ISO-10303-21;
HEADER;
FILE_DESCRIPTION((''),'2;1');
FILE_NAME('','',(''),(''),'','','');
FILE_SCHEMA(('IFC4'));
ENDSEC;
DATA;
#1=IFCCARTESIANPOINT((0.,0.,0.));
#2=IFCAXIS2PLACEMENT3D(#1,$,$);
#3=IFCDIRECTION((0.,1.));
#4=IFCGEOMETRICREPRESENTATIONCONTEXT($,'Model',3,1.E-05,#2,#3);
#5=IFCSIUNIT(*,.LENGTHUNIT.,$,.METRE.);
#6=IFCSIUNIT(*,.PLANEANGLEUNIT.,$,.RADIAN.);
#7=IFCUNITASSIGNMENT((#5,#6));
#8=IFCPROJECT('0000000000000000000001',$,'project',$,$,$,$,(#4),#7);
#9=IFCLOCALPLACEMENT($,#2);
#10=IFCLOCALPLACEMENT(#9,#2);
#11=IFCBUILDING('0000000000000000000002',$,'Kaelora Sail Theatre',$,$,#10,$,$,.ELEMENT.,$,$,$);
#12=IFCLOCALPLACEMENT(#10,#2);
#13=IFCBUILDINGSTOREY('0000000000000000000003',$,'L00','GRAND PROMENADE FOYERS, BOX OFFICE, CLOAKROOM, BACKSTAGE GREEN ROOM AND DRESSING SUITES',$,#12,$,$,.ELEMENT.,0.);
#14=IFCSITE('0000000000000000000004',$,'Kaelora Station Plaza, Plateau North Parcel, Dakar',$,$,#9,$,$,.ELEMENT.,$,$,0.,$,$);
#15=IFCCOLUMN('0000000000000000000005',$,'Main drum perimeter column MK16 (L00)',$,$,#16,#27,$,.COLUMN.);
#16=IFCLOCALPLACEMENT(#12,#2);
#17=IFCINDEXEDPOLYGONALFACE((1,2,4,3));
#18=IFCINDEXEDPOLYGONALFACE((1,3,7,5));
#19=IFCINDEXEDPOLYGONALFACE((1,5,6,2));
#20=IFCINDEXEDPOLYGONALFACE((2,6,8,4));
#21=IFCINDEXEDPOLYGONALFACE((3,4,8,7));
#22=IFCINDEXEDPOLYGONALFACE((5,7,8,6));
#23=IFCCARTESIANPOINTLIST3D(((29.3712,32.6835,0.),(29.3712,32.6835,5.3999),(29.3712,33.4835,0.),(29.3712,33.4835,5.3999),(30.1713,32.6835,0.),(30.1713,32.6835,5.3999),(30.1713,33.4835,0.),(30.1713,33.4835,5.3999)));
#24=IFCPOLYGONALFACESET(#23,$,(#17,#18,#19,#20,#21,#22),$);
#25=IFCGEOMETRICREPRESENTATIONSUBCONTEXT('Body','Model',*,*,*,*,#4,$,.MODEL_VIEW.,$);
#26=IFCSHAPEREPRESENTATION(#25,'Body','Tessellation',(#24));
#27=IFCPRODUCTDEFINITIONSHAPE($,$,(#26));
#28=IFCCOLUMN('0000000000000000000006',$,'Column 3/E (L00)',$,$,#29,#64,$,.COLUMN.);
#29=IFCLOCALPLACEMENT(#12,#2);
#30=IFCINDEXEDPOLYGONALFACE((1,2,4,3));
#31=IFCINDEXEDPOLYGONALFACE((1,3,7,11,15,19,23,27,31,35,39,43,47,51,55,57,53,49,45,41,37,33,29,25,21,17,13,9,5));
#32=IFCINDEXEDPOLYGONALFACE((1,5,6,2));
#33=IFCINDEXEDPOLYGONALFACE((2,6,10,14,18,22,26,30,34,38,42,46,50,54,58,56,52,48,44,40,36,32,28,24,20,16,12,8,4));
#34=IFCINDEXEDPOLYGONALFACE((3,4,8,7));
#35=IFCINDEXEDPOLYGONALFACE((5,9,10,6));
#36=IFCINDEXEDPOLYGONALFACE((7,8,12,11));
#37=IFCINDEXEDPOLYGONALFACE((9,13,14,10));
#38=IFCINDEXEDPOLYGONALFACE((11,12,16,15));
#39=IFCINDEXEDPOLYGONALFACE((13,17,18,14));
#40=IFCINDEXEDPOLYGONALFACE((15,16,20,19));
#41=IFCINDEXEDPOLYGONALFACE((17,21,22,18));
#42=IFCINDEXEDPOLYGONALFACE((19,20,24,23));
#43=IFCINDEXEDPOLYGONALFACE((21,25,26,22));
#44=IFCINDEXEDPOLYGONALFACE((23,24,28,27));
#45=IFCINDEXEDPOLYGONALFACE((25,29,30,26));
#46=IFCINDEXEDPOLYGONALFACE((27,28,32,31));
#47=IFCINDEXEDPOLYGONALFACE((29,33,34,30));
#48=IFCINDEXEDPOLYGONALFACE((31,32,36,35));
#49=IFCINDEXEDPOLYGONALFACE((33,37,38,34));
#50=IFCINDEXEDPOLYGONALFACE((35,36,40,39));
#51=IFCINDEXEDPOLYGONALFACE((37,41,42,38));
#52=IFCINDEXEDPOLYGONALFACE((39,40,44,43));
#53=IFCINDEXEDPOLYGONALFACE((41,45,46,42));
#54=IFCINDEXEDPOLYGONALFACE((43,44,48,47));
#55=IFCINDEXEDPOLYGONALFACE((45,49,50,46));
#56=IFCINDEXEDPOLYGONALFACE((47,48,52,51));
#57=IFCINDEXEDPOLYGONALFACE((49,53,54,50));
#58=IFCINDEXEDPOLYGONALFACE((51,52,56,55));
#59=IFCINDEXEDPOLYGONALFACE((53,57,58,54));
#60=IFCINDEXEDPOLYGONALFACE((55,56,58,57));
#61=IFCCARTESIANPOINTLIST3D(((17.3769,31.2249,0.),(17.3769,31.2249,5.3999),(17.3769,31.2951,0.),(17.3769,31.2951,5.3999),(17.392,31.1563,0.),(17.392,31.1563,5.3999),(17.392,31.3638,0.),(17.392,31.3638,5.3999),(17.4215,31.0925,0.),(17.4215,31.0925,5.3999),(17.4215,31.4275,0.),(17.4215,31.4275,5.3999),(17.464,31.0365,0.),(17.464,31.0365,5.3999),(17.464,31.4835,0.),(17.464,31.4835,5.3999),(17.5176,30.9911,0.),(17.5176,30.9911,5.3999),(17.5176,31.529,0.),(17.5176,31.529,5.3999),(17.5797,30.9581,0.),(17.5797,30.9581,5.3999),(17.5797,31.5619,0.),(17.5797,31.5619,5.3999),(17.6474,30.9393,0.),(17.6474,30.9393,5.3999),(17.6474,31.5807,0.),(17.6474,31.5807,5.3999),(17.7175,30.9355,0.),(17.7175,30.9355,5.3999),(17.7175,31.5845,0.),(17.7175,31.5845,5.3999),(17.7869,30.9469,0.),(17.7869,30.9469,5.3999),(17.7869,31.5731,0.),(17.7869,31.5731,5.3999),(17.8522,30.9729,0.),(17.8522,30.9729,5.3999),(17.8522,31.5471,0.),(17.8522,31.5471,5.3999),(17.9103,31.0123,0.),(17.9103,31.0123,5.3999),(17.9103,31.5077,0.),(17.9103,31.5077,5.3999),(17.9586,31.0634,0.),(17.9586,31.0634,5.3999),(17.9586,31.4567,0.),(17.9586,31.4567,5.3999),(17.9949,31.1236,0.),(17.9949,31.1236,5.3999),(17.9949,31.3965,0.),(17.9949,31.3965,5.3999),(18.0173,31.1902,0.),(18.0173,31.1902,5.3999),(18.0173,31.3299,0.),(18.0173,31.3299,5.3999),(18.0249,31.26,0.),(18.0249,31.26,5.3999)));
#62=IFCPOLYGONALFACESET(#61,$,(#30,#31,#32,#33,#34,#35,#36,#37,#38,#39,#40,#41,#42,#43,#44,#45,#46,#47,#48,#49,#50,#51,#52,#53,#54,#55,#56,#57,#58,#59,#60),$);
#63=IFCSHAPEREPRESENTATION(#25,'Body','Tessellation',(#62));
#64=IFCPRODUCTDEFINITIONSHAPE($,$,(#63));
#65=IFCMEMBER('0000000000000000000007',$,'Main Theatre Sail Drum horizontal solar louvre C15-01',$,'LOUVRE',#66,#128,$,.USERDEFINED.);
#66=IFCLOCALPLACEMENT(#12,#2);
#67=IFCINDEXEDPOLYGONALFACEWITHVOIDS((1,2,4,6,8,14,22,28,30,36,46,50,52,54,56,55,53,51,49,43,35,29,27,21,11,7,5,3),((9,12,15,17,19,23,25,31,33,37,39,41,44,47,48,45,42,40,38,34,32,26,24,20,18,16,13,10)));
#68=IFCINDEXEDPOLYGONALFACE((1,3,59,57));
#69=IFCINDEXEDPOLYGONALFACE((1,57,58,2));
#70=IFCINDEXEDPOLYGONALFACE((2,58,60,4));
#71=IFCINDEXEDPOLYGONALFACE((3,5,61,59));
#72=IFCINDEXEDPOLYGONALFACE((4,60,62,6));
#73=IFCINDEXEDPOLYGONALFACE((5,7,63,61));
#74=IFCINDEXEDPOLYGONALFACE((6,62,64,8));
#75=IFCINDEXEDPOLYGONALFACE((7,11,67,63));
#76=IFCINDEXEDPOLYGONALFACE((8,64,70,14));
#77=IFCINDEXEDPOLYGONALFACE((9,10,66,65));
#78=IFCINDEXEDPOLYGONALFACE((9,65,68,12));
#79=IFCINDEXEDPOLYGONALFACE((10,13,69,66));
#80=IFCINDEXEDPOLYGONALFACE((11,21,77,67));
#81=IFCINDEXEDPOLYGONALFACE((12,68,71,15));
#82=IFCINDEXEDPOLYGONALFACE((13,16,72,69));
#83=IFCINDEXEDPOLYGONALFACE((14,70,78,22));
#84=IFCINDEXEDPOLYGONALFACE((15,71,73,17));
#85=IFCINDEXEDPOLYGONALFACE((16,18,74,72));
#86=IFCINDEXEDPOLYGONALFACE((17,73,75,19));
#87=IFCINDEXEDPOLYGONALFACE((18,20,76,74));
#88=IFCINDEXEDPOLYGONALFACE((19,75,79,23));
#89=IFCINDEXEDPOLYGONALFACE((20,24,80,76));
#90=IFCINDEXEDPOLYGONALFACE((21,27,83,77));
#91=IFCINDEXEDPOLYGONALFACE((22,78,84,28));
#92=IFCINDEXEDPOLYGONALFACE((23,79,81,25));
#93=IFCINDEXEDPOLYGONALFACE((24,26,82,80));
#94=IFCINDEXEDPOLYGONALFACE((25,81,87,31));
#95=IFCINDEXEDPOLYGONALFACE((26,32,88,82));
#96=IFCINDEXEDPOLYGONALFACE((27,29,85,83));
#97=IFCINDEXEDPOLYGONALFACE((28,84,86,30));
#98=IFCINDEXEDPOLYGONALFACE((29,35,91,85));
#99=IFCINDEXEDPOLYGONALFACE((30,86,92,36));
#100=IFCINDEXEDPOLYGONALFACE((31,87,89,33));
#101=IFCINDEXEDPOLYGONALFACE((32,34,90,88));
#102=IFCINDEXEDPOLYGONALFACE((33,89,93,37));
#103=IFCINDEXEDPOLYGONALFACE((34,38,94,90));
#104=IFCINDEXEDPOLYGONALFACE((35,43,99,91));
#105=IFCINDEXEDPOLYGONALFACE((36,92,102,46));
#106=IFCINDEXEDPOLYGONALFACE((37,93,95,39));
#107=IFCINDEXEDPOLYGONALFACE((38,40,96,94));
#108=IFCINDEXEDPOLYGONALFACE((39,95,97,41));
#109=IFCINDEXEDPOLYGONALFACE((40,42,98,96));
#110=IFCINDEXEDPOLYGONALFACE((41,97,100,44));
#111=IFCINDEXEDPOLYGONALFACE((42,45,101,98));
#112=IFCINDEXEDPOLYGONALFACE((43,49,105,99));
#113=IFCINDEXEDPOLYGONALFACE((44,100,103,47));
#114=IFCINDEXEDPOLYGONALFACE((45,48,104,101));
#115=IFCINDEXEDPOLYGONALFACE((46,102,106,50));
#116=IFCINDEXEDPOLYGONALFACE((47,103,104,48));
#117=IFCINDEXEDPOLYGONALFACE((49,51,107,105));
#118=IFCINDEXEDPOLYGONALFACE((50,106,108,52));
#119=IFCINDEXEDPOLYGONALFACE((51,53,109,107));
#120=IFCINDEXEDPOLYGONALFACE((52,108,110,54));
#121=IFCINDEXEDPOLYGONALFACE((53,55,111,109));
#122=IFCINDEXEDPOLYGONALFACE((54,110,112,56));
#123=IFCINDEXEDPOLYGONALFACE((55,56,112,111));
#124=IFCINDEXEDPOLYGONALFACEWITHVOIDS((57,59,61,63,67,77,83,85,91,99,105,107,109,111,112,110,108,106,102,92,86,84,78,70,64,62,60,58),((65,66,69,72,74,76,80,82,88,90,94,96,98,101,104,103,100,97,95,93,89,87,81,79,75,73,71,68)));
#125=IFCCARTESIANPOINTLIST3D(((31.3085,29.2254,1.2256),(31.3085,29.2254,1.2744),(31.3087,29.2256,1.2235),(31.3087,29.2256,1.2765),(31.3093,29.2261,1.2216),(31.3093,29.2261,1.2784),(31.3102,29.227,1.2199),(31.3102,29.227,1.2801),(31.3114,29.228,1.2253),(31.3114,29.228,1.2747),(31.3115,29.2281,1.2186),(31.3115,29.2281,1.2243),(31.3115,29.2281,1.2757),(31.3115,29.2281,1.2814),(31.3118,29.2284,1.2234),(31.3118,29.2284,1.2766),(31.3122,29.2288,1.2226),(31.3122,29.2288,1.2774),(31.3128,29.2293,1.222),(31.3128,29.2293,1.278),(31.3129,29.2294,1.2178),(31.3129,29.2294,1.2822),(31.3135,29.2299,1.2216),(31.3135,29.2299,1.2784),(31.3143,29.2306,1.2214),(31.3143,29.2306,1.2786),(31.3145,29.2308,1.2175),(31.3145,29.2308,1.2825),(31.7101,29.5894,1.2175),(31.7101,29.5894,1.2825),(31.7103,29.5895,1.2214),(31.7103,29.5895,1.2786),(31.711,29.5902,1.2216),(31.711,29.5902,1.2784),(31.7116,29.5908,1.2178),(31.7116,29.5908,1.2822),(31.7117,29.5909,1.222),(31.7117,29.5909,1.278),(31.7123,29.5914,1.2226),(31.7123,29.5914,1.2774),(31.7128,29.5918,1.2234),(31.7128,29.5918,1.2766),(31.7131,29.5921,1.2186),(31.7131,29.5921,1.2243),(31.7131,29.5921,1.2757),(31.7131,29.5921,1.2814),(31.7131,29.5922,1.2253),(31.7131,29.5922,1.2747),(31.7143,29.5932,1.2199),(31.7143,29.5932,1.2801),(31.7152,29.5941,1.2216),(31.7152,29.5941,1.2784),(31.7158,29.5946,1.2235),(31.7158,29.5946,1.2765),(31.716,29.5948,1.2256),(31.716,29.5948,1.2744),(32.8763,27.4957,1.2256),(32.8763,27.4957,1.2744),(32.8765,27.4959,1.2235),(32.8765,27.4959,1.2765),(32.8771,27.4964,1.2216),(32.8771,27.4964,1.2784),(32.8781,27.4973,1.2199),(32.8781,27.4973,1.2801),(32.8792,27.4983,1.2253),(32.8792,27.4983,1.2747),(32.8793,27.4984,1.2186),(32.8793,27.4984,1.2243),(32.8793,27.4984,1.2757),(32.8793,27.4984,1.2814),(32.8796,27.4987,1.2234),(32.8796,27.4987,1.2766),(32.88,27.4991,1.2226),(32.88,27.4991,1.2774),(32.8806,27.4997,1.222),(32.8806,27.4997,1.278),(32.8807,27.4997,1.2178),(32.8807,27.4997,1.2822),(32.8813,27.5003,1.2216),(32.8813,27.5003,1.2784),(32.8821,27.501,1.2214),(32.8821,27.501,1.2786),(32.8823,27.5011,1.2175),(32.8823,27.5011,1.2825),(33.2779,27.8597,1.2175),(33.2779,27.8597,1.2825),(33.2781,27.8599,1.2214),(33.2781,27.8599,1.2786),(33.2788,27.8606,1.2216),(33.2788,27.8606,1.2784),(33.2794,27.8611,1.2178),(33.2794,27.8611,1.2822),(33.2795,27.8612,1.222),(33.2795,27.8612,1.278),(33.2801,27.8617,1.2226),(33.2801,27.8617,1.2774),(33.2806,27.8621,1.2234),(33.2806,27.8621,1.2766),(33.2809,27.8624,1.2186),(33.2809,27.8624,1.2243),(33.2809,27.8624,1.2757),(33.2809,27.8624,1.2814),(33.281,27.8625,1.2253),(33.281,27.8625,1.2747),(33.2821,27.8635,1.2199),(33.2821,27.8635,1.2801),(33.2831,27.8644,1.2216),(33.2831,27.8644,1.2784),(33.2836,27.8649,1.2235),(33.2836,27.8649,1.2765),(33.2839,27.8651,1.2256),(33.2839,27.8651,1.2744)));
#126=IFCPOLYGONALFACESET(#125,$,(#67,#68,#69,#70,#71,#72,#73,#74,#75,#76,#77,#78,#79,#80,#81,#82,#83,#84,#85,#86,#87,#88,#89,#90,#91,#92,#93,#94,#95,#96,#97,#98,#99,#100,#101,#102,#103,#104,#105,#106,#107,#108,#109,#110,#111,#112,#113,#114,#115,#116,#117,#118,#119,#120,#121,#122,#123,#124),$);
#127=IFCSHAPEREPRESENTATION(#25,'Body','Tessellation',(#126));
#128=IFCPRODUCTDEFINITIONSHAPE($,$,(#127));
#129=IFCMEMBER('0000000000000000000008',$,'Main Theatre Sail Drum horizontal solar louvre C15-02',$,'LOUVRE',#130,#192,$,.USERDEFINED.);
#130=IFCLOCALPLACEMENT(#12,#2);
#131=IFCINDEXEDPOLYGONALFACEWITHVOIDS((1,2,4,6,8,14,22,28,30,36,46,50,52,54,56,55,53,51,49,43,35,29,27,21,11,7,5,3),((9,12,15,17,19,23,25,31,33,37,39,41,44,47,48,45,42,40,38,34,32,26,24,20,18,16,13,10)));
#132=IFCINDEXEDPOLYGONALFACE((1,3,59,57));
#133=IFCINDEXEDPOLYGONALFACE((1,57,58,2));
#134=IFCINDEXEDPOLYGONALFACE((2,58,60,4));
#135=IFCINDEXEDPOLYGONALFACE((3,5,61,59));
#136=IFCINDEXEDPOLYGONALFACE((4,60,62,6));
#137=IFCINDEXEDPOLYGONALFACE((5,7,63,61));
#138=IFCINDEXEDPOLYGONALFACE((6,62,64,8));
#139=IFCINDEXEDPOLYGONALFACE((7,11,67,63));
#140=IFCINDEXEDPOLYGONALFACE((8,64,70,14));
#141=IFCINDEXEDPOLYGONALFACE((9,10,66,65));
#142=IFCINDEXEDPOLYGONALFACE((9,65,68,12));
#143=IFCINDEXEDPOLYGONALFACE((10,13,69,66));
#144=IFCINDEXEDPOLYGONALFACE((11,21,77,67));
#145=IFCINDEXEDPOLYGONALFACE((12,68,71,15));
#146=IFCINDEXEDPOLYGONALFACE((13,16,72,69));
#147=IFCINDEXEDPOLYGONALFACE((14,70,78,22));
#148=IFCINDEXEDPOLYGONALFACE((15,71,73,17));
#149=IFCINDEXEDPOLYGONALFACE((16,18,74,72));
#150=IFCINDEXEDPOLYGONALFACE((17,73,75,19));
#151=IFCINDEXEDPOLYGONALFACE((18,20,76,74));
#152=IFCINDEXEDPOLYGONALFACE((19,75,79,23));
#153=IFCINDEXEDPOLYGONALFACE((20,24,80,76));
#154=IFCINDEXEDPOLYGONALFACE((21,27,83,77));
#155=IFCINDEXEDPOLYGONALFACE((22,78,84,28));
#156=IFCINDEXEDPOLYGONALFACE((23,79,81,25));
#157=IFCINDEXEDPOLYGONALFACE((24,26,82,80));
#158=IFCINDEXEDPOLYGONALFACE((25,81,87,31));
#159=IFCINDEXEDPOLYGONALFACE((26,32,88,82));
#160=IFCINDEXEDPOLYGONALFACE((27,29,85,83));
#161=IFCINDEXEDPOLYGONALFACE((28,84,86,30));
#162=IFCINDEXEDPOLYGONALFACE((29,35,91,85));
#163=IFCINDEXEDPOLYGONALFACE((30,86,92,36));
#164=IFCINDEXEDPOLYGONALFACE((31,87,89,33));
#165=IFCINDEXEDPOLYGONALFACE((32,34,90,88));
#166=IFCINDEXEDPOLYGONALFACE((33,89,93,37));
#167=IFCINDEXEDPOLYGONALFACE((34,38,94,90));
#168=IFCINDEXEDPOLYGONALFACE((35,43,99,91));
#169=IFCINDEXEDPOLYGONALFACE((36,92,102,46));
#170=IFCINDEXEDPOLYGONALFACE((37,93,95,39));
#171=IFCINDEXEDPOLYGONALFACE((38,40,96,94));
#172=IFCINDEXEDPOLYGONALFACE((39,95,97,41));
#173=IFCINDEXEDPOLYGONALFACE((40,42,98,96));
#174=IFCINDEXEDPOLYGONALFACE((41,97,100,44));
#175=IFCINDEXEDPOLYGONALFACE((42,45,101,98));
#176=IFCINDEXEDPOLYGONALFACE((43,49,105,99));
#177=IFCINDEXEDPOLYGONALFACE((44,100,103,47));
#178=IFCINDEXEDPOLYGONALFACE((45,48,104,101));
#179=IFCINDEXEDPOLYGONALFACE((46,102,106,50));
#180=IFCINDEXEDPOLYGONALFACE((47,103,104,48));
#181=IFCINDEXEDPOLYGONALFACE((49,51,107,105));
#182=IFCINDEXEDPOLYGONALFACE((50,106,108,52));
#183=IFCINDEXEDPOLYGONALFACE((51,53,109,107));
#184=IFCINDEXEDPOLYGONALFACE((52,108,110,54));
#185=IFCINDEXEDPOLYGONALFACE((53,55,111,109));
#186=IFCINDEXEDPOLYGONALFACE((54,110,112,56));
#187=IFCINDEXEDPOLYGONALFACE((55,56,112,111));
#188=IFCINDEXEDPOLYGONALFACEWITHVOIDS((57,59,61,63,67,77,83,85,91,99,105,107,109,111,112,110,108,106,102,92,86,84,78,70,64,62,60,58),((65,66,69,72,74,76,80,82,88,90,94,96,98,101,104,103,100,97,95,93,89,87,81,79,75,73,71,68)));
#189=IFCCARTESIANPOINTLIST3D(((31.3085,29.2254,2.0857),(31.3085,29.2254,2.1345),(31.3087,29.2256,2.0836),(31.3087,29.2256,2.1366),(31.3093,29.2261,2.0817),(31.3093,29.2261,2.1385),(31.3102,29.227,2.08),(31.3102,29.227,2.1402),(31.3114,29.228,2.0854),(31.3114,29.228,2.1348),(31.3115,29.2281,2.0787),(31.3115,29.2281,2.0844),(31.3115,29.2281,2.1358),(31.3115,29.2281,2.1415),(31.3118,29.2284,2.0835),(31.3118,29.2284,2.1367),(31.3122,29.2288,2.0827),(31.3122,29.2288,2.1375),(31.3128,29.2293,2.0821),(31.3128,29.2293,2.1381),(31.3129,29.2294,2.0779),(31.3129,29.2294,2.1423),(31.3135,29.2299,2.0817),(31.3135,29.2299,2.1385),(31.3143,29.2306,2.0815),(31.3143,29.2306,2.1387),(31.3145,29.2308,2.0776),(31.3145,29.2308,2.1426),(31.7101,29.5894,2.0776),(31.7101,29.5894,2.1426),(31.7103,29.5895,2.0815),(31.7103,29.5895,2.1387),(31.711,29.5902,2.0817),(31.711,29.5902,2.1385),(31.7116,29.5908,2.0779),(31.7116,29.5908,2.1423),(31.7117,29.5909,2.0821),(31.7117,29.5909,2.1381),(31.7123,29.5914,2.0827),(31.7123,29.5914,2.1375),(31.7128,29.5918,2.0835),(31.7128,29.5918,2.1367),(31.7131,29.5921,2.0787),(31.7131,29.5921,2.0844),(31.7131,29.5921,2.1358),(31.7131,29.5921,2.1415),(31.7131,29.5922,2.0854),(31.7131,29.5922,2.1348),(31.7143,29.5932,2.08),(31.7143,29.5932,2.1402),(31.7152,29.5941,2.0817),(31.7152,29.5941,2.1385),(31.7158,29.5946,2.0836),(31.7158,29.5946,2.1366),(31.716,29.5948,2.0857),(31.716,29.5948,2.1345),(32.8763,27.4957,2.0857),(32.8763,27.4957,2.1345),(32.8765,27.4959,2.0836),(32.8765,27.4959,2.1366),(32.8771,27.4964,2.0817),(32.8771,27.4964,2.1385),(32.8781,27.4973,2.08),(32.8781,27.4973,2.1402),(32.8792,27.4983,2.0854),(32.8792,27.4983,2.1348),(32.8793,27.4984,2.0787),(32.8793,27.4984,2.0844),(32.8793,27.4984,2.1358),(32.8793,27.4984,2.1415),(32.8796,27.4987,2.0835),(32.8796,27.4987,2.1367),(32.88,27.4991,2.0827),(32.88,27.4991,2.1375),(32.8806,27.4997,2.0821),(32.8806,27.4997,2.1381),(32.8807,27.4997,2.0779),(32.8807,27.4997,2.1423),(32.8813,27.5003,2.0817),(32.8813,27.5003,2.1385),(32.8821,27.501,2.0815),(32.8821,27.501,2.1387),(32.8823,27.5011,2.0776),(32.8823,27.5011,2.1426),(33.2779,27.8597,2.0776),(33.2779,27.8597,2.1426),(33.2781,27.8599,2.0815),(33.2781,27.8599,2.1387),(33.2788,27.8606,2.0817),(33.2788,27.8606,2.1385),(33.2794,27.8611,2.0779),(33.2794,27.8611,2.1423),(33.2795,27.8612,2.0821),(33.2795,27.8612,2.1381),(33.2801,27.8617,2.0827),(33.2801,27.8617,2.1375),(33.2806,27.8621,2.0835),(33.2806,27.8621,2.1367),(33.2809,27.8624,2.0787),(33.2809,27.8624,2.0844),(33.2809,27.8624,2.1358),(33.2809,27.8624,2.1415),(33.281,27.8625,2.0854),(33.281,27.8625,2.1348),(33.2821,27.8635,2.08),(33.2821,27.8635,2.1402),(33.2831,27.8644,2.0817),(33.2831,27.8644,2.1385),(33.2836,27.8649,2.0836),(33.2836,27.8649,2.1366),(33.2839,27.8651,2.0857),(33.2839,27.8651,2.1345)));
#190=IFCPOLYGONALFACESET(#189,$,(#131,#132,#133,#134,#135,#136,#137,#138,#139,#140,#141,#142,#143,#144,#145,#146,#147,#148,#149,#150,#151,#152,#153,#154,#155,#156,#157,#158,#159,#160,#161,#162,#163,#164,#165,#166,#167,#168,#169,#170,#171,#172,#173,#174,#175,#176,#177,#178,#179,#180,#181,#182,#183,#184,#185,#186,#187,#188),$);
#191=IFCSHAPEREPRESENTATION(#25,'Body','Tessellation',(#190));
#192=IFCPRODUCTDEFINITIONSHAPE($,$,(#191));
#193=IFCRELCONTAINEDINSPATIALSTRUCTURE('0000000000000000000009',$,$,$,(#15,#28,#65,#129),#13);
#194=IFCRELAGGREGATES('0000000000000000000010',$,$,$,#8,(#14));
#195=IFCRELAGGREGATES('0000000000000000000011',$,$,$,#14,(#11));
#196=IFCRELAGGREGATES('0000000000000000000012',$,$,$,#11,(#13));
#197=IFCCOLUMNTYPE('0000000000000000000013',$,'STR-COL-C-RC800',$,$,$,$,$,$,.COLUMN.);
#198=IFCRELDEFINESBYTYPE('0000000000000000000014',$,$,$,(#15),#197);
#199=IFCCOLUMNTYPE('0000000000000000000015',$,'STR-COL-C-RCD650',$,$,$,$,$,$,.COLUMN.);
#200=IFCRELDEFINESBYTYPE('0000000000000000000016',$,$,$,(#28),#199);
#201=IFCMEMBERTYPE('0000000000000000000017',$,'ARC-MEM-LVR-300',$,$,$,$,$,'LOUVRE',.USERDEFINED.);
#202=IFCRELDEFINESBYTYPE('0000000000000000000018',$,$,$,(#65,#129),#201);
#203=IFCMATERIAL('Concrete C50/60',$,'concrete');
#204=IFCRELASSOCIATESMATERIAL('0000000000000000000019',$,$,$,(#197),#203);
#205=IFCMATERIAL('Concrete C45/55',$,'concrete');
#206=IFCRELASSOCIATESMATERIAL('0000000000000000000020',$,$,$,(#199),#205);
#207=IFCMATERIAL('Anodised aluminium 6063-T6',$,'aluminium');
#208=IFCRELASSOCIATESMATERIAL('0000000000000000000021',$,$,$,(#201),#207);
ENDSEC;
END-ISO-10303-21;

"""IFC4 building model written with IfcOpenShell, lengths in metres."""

from ifc_helpers import new_model, si_unit, direction, frame, origin, origin_2d, place, context, subcontext, project, spatial, rectangle, hollow_rectangle, circle, extrude, material, material_profile, profile_set, type_object, element, save


model = new_model("IFC4")

# Units and contexts
model_context = context("Model", 3, precision=1e-05, world=origin(), true_north=direction((0.0, 1.0)))
body_context = subcontext(model_context, "Body", "Model", "MODEL_VIEW")
ifc_project = project(units=[si_unit("LENGTHUNIT", "METRE"), si_unit("PLANEANGLEUNIT", "RADIAN")], contexts=[model_context])

# Site, building, storey
site_placement = place(None, origin())
site = spatial("IfcSite", under=ifc_project, at=site_placement, Name="Kaelora Station Plaza, Plateau North Parcel, Dakar", CompositionType="ELEMENT", RefElevation=0.0)
building_placement = place(site_placement, origin())
building = spatial("IfcBuilding", under=site, at=building_placement, Name="Kaelora Sail Theatre", CompositionType="ELEMENT")
storey_placement = place(building_placement, origin())
storey = spatial("IfcBuildingStorey", under=building, at=storey_placement, Name="L00", Description="GRAND PROMENADE FOYERS, BOX OFFICE, CLOAKROOM, BACKSTAGE GREEN ROOM AND DRESSING SUITES", CompositionType="ELEMENT", Elevation=0.0)

# Columns
ifc_material_1 = material(Name="Concrete C50/60", Category="concrete")
ifc_material_profile_1 = material_profile(ifc_material_1, rectangle(XDim=0.8, YDim=0.8, at=origin_2d()), Name="RC-COL 800x800")
ifc_profile_set_1 = profile_set([ifc_material_profile_1], Name="Concrete C50/60")
column_type_1 = type_object("IfcColumnType", Name="STR-COL-C-RC800", PredefinedType="COLUMN", material=ifc_profile_set_1)
column_1_placement = place(storey_placement, frame((29.7712, 33.0835, 0.0), z_axis=(0.0, 0.0, 1.0), x_axis=(1.0, 0.0, 0.0)))
element("IfcColumn", 1, at=column_1_placement, inside=storey, type_object=column_type_1, Name="Main drum perimeter column MK16 (L00)", PredefinedType="COLUMN", context=body_context, shape_type="SweptSolid", body=[
    extrude(rectangle(XDim=0.8, YDim=0.8, at=origin_2d()), origin(), (0.0, 0.0, 1.0), 5.3999),
])
ifc_material_2 = material(Name="Concrete C45/55", Category="concrete")
ifc_material_profile_2 = material_profile(ifc_material_2, circle(Radius=0.325, at=origin_2d()), Name="RC-CCOL D650")
ifc_profile_set_2 = profile_set([ifc_material_profile_2], Name="Concrete C45/55")
column_type_2 = type_object("IfcColumnType", Name="STR-COL-C-RCD650", PredefinedType="COLUMN", material=ifc_profile_set_2)
column_2_placement = place(storey_placement, frame((17.7, 31.26, 0.0), z_axis=(0.0, 0.0, 1.0), x_axis=(1.0, 0.0, 0.0)))
element("IfcColumn", 2, at=column_2_placement, inside=storey, type_object=column_type_2, Name="Column 3/E (L00)", PredefinedType="COLUMN", context=body_context, shape_type="SweptSolid", body=[
    extrude(circle(Radius=0.325, at=origin_2d()), origin(), (0.0, 0.0, 1.0), 5.3999),
])

# Members
ifc_material_3 = material(Name="Anodised aluminium 6063-T6", Category="aluminium")
ifc_material_profile_3 = material_profile(ifc_material_3, hollow_rectangle(XDim=0.55, YDim=0.0649, WallThickness=0.0039, InnerFilletRadius=0.0039, OuterFilletRadius=0.0081, at=origin_2d()), Name="LOUVRE 550x65x4")
ifc_profile_set_3 = profile_set([ifc_material_profile_3], Name="Anodised aluminium 6063-T6")
member_type_1 = type_object("IfcMemberType", Name="ARC-MEM-LVR-300", ElementType="LOUVRE", PredefinedType="USERDEFINED", material=ifc_profile_set_3)
for number, where, z_axis, x_axis, name in (
    (3, (33.0801, 27.6804, 1.25), (-0.671589, 0.740924, 0.0), (-0.740924, -0.671589, 0.0), "Main Theatre Sail Drum horizontal solar louvre C15-01"),
    (4, (33.0801, 27.6804, 2.1101), (-0.671589, 0.740924, 0.0), (-0.740924, -0.671589, 0.0), "Main Theatre Sail Drum horizontal solar louvre C15-02"),
):
    element("IfcMember", number, at=place(storey_placement, frame(where, z_axis=z_axis, x_axis=x_axis)), inside=storey, type_object=member_type_1, Name=name, ObjectType="LOUVRE", PredefinedType="USERDEFINED", context=body_context, shape_type="SweptSolid", body=[
        extrude(hollow_rectangle(XDim=0.55, YDim=0.0649, WallThickness=0.0039, InnerFilletRadius=0.0039, OuterFilletRadius=0.0081, at=origin_2d()), origin(), (0.0, 0.0, 1.0), 2.3345),
    ])

save(model, "model.ifc")
